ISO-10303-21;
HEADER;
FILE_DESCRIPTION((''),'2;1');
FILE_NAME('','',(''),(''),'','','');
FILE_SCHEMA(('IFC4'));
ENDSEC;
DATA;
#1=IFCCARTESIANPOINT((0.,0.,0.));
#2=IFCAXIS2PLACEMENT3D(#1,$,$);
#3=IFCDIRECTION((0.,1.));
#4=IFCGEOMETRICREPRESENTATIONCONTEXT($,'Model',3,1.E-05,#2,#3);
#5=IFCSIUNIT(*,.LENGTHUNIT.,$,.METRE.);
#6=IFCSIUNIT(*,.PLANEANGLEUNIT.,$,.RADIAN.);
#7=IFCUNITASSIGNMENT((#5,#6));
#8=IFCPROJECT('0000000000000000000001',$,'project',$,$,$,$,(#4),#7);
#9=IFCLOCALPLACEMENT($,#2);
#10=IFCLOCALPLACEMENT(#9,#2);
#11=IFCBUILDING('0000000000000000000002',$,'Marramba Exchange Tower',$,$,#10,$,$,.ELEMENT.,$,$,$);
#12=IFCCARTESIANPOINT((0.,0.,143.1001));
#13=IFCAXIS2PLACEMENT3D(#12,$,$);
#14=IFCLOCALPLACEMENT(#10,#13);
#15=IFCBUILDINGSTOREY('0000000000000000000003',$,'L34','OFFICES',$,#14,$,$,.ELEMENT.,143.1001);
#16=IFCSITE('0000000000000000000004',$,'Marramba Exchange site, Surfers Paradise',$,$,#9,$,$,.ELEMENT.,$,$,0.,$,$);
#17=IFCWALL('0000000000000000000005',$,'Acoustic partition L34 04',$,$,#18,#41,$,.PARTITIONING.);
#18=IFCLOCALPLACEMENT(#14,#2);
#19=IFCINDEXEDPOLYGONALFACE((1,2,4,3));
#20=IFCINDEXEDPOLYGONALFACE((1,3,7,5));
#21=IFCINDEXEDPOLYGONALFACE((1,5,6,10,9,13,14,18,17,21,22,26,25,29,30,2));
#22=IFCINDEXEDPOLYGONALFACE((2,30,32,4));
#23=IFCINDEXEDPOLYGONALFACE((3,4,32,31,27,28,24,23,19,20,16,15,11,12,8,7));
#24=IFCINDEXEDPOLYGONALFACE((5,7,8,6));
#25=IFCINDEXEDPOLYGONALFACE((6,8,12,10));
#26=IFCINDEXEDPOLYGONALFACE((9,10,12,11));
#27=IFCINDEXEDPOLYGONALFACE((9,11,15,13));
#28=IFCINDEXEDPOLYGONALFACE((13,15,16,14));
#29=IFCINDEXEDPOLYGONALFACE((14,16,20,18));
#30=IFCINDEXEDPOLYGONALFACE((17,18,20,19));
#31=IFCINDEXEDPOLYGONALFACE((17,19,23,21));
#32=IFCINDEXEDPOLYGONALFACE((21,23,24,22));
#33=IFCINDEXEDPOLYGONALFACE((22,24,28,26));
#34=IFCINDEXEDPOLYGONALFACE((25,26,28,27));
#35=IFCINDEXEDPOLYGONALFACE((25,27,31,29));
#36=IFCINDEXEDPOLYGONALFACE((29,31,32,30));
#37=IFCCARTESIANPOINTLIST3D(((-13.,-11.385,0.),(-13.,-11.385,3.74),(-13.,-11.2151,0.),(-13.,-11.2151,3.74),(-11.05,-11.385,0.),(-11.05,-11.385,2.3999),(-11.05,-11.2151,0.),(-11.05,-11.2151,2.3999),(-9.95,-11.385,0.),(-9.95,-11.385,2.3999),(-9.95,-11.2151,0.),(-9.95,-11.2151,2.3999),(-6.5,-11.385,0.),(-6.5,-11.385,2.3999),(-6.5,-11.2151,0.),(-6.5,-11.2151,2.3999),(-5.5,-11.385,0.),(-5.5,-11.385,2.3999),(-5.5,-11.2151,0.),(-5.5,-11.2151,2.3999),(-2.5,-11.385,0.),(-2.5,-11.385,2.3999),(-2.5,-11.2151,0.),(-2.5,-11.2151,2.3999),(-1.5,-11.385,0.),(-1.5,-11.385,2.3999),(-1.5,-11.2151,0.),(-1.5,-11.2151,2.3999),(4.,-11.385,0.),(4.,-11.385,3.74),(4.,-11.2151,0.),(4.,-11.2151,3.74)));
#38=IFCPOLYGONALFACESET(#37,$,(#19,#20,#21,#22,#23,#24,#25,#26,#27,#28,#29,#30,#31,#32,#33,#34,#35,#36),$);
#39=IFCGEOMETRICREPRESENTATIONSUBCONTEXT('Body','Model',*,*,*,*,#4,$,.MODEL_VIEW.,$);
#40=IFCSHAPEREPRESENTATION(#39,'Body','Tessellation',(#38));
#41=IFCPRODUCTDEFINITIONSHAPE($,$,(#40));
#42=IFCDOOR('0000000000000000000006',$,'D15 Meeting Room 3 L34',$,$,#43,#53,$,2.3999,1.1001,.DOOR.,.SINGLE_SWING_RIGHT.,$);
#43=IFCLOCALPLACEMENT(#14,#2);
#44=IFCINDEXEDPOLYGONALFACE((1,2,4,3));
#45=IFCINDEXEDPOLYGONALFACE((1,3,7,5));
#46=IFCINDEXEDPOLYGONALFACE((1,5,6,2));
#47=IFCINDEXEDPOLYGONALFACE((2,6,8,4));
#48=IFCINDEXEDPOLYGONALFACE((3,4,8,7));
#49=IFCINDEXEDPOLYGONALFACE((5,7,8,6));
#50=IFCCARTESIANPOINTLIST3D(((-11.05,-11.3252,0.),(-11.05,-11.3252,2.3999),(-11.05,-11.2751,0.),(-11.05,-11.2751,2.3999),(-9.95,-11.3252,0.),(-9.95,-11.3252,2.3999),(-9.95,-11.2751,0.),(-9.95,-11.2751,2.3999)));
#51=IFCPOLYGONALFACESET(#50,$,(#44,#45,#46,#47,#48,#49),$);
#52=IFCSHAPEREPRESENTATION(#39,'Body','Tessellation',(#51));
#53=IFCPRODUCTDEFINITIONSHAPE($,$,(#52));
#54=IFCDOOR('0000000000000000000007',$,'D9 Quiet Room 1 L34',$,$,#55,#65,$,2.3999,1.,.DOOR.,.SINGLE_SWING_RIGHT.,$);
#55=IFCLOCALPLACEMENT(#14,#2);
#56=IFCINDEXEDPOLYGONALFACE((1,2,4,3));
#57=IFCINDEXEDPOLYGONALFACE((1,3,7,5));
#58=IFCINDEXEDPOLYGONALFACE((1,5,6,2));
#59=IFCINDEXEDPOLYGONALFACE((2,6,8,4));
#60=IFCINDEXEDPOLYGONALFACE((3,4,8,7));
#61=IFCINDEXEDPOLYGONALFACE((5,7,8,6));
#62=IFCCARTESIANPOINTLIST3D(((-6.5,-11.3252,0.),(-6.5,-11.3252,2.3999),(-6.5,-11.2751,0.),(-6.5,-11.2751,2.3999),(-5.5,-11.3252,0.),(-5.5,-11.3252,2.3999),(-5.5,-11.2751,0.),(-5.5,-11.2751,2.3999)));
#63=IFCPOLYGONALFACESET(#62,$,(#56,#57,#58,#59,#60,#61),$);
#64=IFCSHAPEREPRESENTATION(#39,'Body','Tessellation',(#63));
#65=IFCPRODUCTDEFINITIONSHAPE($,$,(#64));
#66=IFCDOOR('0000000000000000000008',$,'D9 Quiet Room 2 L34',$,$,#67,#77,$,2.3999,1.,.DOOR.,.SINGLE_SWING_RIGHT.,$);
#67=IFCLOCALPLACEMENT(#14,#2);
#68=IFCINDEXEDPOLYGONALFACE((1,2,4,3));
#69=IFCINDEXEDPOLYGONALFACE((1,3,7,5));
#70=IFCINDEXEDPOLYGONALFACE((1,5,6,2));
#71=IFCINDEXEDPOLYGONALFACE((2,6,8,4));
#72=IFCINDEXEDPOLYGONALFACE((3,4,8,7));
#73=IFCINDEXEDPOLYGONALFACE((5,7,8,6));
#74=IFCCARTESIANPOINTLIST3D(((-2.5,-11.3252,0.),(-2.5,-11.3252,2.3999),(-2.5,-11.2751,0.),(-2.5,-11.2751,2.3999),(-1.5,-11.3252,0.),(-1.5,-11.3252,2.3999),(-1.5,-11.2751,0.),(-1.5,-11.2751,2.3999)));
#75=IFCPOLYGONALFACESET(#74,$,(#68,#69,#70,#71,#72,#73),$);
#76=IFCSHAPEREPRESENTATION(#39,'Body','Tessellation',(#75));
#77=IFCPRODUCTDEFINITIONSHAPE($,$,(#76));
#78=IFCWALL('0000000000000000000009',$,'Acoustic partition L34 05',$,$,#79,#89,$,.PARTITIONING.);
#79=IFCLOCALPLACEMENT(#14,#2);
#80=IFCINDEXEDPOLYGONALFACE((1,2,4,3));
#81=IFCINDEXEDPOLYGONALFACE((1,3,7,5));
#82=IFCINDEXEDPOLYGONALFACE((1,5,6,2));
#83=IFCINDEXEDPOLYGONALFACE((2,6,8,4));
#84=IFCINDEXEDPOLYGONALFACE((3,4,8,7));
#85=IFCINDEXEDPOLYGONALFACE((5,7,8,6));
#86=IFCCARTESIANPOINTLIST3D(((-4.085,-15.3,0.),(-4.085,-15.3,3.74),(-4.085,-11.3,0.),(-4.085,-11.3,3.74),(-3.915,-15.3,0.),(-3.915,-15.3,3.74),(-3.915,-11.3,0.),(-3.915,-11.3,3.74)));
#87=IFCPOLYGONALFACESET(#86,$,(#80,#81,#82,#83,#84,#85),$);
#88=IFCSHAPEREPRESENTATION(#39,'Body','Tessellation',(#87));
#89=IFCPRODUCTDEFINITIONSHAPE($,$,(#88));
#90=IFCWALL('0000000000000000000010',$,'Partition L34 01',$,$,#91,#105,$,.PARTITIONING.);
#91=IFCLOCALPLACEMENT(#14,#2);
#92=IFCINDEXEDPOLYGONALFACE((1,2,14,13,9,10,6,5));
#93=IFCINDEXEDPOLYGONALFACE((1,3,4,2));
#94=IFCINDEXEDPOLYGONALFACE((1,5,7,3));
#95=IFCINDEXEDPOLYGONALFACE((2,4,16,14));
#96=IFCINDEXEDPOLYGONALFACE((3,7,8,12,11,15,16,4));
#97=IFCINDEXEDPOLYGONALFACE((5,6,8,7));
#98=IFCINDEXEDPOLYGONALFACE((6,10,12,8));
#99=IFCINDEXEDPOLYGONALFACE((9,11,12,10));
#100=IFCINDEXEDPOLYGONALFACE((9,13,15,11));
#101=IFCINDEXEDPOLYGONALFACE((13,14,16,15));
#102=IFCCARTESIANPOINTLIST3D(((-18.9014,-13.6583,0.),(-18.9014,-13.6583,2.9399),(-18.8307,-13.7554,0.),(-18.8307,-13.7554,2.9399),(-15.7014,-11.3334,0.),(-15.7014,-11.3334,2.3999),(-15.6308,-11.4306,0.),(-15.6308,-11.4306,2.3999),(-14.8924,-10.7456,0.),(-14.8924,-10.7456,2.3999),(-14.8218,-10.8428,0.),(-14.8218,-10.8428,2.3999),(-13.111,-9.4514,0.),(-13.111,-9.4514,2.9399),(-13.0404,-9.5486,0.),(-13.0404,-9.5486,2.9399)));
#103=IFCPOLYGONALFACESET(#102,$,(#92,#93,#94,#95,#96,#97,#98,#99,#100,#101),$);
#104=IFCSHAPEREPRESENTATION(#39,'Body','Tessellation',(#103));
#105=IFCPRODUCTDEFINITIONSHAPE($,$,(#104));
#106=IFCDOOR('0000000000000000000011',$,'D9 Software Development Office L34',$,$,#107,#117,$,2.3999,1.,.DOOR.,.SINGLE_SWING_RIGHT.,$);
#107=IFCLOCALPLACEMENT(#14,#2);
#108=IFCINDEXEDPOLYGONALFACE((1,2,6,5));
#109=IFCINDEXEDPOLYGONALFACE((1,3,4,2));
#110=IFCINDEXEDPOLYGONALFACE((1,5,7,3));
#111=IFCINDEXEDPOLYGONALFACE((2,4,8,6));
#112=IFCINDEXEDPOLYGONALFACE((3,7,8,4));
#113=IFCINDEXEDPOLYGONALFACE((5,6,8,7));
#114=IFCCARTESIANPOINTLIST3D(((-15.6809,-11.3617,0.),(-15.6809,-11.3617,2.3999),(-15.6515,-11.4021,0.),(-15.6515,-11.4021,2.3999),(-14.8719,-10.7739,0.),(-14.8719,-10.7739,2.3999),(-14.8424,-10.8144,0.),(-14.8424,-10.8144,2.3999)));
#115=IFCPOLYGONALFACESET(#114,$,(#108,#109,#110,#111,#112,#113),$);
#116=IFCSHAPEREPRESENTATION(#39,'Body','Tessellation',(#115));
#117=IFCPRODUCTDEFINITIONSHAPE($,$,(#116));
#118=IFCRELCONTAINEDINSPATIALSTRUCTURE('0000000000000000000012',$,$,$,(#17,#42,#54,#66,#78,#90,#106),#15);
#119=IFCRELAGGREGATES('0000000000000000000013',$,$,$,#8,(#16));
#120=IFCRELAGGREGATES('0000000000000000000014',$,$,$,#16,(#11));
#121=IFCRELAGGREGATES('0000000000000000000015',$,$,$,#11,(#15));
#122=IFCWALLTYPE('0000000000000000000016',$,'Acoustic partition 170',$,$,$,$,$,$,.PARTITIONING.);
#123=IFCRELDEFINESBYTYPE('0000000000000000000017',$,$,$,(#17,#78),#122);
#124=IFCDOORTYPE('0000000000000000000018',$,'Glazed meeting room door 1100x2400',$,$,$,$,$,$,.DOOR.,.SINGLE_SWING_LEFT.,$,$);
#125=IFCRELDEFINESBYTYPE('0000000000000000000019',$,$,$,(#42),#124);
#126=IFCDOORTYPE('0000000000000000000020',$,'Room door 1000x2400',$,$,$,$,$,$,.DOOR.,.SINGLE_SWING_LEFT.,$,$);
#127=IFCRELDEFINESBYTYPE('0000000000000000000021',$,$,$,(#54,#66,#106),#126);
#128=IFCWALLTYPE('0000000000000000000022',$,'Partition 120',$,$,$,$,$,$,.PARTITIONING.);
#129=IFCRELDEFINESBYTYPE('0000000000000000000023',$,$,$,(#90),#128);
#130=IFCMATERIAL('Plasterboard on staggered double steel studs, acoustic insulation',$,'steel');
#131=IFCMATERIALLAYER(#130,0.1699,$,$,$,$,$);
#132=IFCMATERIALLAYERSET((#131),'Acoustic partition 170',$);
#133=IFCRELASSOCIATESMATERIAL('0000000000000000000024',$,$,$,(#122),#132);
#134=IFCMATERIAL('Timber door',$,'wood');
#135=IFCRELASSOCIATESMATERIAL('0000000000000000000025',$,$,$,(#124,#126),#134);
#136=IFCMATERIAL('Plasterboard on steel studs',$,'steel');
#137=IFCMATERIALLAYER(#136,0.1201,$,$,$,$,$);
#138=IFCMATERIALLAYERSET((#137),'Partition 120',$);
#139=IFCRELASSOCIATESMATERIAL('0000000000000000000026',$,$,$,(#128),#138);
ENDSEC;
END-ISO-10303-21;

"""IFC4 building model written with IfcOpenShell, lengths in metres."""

from ifc_helpers import new_model, si_unit, direction, frame, frame_2d, origin, place, context, subcontext, project, spatial, rectangle, extrude, material, layer, layer_set, type_object, element, fill, save


model = new_model("IFC4")

# Units and contexts
model_context = context("Model", 3, precision=1e-05, world=origin(), true_north=direction((0.0, 1.0)))
body_context = subcontext(model_context, "Body", "Model", "MODEL_VIEW")
ifc_project = project(units=[si_unit("LENGTHUNIT", "METRE"), si_unit("PLANEANGLEUNIT", "RADIAN")], contexts=[model_context])

# Site, building, storey
site_placement = place(None, origin())
site = spatial("IfcSite", under=ifc_project, at=site_placement, Name="Marramba Exchange site, Surfers Paradise", CompositionType="ELEMENT", RefElevation=0.0)
building_placement = place(site_placement, origin())
building = spatial("IfcBuilding", under=site, at=building_placement, Name="Marramba Exchange Tower", CompositionType="ELEMENT")
storey_placement = place(building_placement, frame((0.0, 0.0, 143.1001)))
storey = spatial("IfcBuildingStorey", under=building, at=storey_placement, Name="L34", Description="OFFICES", CompositionType="ELEMENT", Elevation=143.1001)

# Shared definitions
ifc_material_1 = material(Name="Plasterboard on staggered double steel studs, acoustic insulation", Category="steel")
ifc_layer_1 = layer(ifc_material_1, 0.1699)
ifc_layer_set_1 = layer_set([ifc_layer_1], Name="Acoustic partition 170")
wall_type_1 = type_object("IfcWallType", Name="Acoustic partition 170", PredefinedType="PARTITIONING", material=ifc_layer_set_1)

# Wall, openings, doors
wall_1_placement = place(storey_placement, frame((-13.0, -11.3, 0.0), z_axis=(0.0, 0.0, 1.0), x_axis=(1.0, 0.0, 0.0)))
wall_1 = element("IfcWall", 1, at=wall_1_placement, inside=storey, type_object=wall_type_1, Name="Acoustic partition L34 04", PredefinedType="PARTITIONING", context=body_context, shape_type="SweptSolid", body=[
    extrude(rectangle(XDim=17.0, YDim=0.1699, at=frame_2d((8.5, 0.0))), origin(), (0.0, 0.0, 1.0), 3.74),
])
opening_1_placement = place(wall_1_placement, frame((1.95, 0.0, 0.0)))
opening_1 = element("IfcOpeningElement", 2, at=opening_1_placement, cuts=wall_1, PredefinedType="OPENING", context=body_context, shape_type="SweptSolid", body=[
    extrude(rectangle(XDim=1.1001, YDim=2.3999, at=frame_2d((0.55, 1.2))), frame((0.0, 0.095, 0.0), z_axis=(0.0, -1.0, 0.0), x_axis=(1.0, 0.0, 0.0)), (0.0, 0.0, 1.0), 0.1899),
])
opening_2_placement = place(wall_1_placement, frame((6.5, 0.0, 0.0)))
opening_2 = element("IfcOpeningElement", 3, at=opening_2_placement, cuts=wall_1, PredefinedType="OPENING", context=body_context, shape_type="SweptSolid", body=[
    extrude(rectangle(XDim=1.0, YDim=2.3999, at=frame_2d((0.5, 1.2))), frame((0.0, 0.095, 0.0), z_axis=(0.0, -1.0, 0.0), x_axis=(1.0, 0.0, 0.0)), (0.0, 0.0, 1.0), 0.1899),
])
opening_3_placement = place(wall_1_placement, frame((10.5, 0.0, 0.0)))
opening_3 = element("IfcOpeningElement", 4, at=opening_3_placement, cuts=wall_1, PredefinedType="OPENING", context=body_context, shape_type="SweptSolid", body=[
    extrude(rectangle(XDim=1.0, YDim=2.3999, at=frame_2d((0.5, 1.2))), frame((0.0, 0.095, 0.0), z_axis=(0.0, -1.0, 0.0), x_axis=(1.0, 0.0, 0.0)), (0.0, 0.0, 1.0), 0.1899),
])
ifc_material_2 = material(Name="Timber door", Category="wood")
door_type_1 = type_object("IfcDoorType", Name="Glazed meeting room door 1100x2400", OperationType="SINGLE_SWING_LEFT", PredefinedType="DOOR", material=ifc_material_2)
door_1_placement = place(opening_1_placement, frame((1.1001, 0.0, 0.0), z_axis=(0.0, 0.0, 1.0), x_axis=(-1.0, 0.0, 0.0)))
door_1 = element("IfcDoor", 5, at=door_1_placement, inside=storey, type_object=door_type_1, Name="D15 Meeting Room 3 L34", OperationType="SINGLE_SWING_RIGHT", OverallHeight=2.3999, OverallWidth=1.1001, PredefinedType="DOOR", context=body_context, shape_type="SweptSolid", body=[
    extrude(rectangle(XDim=1.1001, YDim=2.3999, at=frame_2d((0.55, 1.2))), frame((0.0, 0.0251, 0.0), z_axis=(0.0, -1.0, 0.0), x_axis=(1.0, 0.0, 0.0)), (0.0, 0.0, 1.0), 0.05),
])
fill(opening_1, door_1)
door_type_2 = type_object("IfcDoorType", Name="Room door 1000x2400", OperationType="SINGLE_SWING_LEFT", PredefinedType="DOOR", material=ifc_material_2)
door_2_placement = place(opening_2_placement, frame((1.0, 0.0, 0.0), z_axis=(0.0, 0.0, 1.0), x_axis=(-1.0, 0.0, 0.0)))
door_2 = element("IfcDoor", 6, at=door_2_placement, inside=storey, type_object=door_type_2, Name="D9 Quiet Room 1 L34", OperationType="SINGLE_SWING_RIGHT", OverallHeight=2.3999, OverallWidth=1.0, PredefinedType="DOOR", context=body_context, shape_type="SweptSolid", body=[
    extrude(rectangle(XDim=1.0, YDim=2.3999, at=frame_2d((0.5, 1.2))), frame((0.0, 0.0251, 0.0), z_axis=(0.0, -1.0, 0.0), x_axis=(1.0, 0.0, 0.0)), (0.0, 0.0, 1.0), 0.05),
])
fill(opening_2, door_2)
door_3_placement = place(opening_3_placement, frame((1.0, 0.0, 0.0), z_axis=(0.0, 0.0, 1.0), x_axis=(-1.0, 0.0, 0.0)))
door_3 = element("IfcDoor", 7, at=door_3_placement, inside=storey, type_object=door_type_2, Name="D9 Quiet Room 2 L34", OperationType="SINGLE_SWING_RIGHT", OverallHeight=2.3999, OverallWidth=1.0, PredefinedType="DOOR", context=body_context, shape_type="SweptSolid", body=[
    extrude(rectangle(XDim=1.0, YDim=2.3999, at=frame_2d((0.5, 1.2))), frame((0.0, 0.0251, 0.0), z_axis=(0.0, -1.0, 0.0), x_axis=(1.0, 0.0, 0.0)), (0.0, 0.0, 1.0), 0.05),
])
fill(opening_3, door_3)

# Wall
wall_2_placement = place(storey_placement, frame((-4.0, -11.3, 0.0), z_axis=(0.0, 0.0, 1.0), x_axis=(0.0, -1.0, 0.0)))
element("IfcWall", 8, at=wall_2_placement, inside=storey, type_object=wall_type_1, Name="Acoustic partition L34 05", PredefinedType="PARTITIONING", context=body_context, shape_type="SweptSolid", body=[
    extrude(rectangle(XDim=4.0, YDim=0.1699, at=frame_2d((2.0, 0.0))), origin(), (0.0, 0.0, 1.0), 3.74),
])

# Wall, opening, door
ifc_material_3 = material(Name="Plasterboard on steel studs", Category="steel")
ifc_layer_2 = layer(ifc_material_3, 0.1201)
ifc_layer_set_2 = layer_set([ifc_layer_2], Name="Partition 120")
wall_type_2 = type_object("IfcWallType", Name="Partition 120", PredefinedType="PARTITIONING", material=ifc_layer_set_2)
wall_3_placement = place(storey_placement, frame((-13.0757, -9.5, 0.0), z_axis=(0.0, 0.0, 1.0), x_axis=(-0.809024, -0.587776, 0.0)))
wall_3 = element("IfcWall", 9, at=wall_3_placement, inside=storey, type_object=wall_type_2, Name="Partition L34 01", PredefinedType="PARTITIONING", context=body_context, shape_type="SweptSolid", body=[
    extrude(rectangle(XDim=7.1572, YDim=0.1201, at=frame_2d((3.5786, 0.0))), origin(), (0.0, 0.0, 1.0), 2.9399),
])
opening_4_placement = place(wall_3_placement, frame((2.2019, 0.0, 0.0)))
opening_4 = element("IfcOpeningElement", 10, at=opening_4_placement, cuts=wall_3, PredefinedType="OPENING", context=body_context, shape_type="SweptSolid", body=[
    extrude(rectangle(XDim=1.0, YDim=2.3999, at=frame_2d((0.5, 1.2))), frame((0.0, 0.0701, 0.0), z_axis=(0.0, -1.0, 0.0), x_axis=(1.0, 0.0, 0.0)), (0.0, 0.0, 1.0), 0.1401),
])
door_4_placement = place(opening_4_placement, frame((1.0, 0.0, 0.0), z_axis=(0.0, 0.0, 1.0), x_axis=(-1.0, 0.0, 0.0)))
door_4 = element("IfcDoor", 11, at=door_4_placement, inside=storey, type_object=door_type_2, Name="D9 Software Development Office L34", OperationType="SINGLE_SWING_RIGHT", OverallHeight=2.3999, OverallWidth=1.0, PredefinedType="DOOR", context=body_context, shape_type="SweptSolid", body=[
    extrude(rectangle(XDim=1.0, YDim=2.3999, at=frame_2d((0.5, 1.2))), frame((0.0, 0.0251, 0.0), z_axis=(0.0, -1.0, 0.0), x_axis=(1.0, 0.0, 0.0)), (0.0, 0.0, 1.0), 0.05),
])
fill(opening_4, door_4)

save(model, "model.ifc")
